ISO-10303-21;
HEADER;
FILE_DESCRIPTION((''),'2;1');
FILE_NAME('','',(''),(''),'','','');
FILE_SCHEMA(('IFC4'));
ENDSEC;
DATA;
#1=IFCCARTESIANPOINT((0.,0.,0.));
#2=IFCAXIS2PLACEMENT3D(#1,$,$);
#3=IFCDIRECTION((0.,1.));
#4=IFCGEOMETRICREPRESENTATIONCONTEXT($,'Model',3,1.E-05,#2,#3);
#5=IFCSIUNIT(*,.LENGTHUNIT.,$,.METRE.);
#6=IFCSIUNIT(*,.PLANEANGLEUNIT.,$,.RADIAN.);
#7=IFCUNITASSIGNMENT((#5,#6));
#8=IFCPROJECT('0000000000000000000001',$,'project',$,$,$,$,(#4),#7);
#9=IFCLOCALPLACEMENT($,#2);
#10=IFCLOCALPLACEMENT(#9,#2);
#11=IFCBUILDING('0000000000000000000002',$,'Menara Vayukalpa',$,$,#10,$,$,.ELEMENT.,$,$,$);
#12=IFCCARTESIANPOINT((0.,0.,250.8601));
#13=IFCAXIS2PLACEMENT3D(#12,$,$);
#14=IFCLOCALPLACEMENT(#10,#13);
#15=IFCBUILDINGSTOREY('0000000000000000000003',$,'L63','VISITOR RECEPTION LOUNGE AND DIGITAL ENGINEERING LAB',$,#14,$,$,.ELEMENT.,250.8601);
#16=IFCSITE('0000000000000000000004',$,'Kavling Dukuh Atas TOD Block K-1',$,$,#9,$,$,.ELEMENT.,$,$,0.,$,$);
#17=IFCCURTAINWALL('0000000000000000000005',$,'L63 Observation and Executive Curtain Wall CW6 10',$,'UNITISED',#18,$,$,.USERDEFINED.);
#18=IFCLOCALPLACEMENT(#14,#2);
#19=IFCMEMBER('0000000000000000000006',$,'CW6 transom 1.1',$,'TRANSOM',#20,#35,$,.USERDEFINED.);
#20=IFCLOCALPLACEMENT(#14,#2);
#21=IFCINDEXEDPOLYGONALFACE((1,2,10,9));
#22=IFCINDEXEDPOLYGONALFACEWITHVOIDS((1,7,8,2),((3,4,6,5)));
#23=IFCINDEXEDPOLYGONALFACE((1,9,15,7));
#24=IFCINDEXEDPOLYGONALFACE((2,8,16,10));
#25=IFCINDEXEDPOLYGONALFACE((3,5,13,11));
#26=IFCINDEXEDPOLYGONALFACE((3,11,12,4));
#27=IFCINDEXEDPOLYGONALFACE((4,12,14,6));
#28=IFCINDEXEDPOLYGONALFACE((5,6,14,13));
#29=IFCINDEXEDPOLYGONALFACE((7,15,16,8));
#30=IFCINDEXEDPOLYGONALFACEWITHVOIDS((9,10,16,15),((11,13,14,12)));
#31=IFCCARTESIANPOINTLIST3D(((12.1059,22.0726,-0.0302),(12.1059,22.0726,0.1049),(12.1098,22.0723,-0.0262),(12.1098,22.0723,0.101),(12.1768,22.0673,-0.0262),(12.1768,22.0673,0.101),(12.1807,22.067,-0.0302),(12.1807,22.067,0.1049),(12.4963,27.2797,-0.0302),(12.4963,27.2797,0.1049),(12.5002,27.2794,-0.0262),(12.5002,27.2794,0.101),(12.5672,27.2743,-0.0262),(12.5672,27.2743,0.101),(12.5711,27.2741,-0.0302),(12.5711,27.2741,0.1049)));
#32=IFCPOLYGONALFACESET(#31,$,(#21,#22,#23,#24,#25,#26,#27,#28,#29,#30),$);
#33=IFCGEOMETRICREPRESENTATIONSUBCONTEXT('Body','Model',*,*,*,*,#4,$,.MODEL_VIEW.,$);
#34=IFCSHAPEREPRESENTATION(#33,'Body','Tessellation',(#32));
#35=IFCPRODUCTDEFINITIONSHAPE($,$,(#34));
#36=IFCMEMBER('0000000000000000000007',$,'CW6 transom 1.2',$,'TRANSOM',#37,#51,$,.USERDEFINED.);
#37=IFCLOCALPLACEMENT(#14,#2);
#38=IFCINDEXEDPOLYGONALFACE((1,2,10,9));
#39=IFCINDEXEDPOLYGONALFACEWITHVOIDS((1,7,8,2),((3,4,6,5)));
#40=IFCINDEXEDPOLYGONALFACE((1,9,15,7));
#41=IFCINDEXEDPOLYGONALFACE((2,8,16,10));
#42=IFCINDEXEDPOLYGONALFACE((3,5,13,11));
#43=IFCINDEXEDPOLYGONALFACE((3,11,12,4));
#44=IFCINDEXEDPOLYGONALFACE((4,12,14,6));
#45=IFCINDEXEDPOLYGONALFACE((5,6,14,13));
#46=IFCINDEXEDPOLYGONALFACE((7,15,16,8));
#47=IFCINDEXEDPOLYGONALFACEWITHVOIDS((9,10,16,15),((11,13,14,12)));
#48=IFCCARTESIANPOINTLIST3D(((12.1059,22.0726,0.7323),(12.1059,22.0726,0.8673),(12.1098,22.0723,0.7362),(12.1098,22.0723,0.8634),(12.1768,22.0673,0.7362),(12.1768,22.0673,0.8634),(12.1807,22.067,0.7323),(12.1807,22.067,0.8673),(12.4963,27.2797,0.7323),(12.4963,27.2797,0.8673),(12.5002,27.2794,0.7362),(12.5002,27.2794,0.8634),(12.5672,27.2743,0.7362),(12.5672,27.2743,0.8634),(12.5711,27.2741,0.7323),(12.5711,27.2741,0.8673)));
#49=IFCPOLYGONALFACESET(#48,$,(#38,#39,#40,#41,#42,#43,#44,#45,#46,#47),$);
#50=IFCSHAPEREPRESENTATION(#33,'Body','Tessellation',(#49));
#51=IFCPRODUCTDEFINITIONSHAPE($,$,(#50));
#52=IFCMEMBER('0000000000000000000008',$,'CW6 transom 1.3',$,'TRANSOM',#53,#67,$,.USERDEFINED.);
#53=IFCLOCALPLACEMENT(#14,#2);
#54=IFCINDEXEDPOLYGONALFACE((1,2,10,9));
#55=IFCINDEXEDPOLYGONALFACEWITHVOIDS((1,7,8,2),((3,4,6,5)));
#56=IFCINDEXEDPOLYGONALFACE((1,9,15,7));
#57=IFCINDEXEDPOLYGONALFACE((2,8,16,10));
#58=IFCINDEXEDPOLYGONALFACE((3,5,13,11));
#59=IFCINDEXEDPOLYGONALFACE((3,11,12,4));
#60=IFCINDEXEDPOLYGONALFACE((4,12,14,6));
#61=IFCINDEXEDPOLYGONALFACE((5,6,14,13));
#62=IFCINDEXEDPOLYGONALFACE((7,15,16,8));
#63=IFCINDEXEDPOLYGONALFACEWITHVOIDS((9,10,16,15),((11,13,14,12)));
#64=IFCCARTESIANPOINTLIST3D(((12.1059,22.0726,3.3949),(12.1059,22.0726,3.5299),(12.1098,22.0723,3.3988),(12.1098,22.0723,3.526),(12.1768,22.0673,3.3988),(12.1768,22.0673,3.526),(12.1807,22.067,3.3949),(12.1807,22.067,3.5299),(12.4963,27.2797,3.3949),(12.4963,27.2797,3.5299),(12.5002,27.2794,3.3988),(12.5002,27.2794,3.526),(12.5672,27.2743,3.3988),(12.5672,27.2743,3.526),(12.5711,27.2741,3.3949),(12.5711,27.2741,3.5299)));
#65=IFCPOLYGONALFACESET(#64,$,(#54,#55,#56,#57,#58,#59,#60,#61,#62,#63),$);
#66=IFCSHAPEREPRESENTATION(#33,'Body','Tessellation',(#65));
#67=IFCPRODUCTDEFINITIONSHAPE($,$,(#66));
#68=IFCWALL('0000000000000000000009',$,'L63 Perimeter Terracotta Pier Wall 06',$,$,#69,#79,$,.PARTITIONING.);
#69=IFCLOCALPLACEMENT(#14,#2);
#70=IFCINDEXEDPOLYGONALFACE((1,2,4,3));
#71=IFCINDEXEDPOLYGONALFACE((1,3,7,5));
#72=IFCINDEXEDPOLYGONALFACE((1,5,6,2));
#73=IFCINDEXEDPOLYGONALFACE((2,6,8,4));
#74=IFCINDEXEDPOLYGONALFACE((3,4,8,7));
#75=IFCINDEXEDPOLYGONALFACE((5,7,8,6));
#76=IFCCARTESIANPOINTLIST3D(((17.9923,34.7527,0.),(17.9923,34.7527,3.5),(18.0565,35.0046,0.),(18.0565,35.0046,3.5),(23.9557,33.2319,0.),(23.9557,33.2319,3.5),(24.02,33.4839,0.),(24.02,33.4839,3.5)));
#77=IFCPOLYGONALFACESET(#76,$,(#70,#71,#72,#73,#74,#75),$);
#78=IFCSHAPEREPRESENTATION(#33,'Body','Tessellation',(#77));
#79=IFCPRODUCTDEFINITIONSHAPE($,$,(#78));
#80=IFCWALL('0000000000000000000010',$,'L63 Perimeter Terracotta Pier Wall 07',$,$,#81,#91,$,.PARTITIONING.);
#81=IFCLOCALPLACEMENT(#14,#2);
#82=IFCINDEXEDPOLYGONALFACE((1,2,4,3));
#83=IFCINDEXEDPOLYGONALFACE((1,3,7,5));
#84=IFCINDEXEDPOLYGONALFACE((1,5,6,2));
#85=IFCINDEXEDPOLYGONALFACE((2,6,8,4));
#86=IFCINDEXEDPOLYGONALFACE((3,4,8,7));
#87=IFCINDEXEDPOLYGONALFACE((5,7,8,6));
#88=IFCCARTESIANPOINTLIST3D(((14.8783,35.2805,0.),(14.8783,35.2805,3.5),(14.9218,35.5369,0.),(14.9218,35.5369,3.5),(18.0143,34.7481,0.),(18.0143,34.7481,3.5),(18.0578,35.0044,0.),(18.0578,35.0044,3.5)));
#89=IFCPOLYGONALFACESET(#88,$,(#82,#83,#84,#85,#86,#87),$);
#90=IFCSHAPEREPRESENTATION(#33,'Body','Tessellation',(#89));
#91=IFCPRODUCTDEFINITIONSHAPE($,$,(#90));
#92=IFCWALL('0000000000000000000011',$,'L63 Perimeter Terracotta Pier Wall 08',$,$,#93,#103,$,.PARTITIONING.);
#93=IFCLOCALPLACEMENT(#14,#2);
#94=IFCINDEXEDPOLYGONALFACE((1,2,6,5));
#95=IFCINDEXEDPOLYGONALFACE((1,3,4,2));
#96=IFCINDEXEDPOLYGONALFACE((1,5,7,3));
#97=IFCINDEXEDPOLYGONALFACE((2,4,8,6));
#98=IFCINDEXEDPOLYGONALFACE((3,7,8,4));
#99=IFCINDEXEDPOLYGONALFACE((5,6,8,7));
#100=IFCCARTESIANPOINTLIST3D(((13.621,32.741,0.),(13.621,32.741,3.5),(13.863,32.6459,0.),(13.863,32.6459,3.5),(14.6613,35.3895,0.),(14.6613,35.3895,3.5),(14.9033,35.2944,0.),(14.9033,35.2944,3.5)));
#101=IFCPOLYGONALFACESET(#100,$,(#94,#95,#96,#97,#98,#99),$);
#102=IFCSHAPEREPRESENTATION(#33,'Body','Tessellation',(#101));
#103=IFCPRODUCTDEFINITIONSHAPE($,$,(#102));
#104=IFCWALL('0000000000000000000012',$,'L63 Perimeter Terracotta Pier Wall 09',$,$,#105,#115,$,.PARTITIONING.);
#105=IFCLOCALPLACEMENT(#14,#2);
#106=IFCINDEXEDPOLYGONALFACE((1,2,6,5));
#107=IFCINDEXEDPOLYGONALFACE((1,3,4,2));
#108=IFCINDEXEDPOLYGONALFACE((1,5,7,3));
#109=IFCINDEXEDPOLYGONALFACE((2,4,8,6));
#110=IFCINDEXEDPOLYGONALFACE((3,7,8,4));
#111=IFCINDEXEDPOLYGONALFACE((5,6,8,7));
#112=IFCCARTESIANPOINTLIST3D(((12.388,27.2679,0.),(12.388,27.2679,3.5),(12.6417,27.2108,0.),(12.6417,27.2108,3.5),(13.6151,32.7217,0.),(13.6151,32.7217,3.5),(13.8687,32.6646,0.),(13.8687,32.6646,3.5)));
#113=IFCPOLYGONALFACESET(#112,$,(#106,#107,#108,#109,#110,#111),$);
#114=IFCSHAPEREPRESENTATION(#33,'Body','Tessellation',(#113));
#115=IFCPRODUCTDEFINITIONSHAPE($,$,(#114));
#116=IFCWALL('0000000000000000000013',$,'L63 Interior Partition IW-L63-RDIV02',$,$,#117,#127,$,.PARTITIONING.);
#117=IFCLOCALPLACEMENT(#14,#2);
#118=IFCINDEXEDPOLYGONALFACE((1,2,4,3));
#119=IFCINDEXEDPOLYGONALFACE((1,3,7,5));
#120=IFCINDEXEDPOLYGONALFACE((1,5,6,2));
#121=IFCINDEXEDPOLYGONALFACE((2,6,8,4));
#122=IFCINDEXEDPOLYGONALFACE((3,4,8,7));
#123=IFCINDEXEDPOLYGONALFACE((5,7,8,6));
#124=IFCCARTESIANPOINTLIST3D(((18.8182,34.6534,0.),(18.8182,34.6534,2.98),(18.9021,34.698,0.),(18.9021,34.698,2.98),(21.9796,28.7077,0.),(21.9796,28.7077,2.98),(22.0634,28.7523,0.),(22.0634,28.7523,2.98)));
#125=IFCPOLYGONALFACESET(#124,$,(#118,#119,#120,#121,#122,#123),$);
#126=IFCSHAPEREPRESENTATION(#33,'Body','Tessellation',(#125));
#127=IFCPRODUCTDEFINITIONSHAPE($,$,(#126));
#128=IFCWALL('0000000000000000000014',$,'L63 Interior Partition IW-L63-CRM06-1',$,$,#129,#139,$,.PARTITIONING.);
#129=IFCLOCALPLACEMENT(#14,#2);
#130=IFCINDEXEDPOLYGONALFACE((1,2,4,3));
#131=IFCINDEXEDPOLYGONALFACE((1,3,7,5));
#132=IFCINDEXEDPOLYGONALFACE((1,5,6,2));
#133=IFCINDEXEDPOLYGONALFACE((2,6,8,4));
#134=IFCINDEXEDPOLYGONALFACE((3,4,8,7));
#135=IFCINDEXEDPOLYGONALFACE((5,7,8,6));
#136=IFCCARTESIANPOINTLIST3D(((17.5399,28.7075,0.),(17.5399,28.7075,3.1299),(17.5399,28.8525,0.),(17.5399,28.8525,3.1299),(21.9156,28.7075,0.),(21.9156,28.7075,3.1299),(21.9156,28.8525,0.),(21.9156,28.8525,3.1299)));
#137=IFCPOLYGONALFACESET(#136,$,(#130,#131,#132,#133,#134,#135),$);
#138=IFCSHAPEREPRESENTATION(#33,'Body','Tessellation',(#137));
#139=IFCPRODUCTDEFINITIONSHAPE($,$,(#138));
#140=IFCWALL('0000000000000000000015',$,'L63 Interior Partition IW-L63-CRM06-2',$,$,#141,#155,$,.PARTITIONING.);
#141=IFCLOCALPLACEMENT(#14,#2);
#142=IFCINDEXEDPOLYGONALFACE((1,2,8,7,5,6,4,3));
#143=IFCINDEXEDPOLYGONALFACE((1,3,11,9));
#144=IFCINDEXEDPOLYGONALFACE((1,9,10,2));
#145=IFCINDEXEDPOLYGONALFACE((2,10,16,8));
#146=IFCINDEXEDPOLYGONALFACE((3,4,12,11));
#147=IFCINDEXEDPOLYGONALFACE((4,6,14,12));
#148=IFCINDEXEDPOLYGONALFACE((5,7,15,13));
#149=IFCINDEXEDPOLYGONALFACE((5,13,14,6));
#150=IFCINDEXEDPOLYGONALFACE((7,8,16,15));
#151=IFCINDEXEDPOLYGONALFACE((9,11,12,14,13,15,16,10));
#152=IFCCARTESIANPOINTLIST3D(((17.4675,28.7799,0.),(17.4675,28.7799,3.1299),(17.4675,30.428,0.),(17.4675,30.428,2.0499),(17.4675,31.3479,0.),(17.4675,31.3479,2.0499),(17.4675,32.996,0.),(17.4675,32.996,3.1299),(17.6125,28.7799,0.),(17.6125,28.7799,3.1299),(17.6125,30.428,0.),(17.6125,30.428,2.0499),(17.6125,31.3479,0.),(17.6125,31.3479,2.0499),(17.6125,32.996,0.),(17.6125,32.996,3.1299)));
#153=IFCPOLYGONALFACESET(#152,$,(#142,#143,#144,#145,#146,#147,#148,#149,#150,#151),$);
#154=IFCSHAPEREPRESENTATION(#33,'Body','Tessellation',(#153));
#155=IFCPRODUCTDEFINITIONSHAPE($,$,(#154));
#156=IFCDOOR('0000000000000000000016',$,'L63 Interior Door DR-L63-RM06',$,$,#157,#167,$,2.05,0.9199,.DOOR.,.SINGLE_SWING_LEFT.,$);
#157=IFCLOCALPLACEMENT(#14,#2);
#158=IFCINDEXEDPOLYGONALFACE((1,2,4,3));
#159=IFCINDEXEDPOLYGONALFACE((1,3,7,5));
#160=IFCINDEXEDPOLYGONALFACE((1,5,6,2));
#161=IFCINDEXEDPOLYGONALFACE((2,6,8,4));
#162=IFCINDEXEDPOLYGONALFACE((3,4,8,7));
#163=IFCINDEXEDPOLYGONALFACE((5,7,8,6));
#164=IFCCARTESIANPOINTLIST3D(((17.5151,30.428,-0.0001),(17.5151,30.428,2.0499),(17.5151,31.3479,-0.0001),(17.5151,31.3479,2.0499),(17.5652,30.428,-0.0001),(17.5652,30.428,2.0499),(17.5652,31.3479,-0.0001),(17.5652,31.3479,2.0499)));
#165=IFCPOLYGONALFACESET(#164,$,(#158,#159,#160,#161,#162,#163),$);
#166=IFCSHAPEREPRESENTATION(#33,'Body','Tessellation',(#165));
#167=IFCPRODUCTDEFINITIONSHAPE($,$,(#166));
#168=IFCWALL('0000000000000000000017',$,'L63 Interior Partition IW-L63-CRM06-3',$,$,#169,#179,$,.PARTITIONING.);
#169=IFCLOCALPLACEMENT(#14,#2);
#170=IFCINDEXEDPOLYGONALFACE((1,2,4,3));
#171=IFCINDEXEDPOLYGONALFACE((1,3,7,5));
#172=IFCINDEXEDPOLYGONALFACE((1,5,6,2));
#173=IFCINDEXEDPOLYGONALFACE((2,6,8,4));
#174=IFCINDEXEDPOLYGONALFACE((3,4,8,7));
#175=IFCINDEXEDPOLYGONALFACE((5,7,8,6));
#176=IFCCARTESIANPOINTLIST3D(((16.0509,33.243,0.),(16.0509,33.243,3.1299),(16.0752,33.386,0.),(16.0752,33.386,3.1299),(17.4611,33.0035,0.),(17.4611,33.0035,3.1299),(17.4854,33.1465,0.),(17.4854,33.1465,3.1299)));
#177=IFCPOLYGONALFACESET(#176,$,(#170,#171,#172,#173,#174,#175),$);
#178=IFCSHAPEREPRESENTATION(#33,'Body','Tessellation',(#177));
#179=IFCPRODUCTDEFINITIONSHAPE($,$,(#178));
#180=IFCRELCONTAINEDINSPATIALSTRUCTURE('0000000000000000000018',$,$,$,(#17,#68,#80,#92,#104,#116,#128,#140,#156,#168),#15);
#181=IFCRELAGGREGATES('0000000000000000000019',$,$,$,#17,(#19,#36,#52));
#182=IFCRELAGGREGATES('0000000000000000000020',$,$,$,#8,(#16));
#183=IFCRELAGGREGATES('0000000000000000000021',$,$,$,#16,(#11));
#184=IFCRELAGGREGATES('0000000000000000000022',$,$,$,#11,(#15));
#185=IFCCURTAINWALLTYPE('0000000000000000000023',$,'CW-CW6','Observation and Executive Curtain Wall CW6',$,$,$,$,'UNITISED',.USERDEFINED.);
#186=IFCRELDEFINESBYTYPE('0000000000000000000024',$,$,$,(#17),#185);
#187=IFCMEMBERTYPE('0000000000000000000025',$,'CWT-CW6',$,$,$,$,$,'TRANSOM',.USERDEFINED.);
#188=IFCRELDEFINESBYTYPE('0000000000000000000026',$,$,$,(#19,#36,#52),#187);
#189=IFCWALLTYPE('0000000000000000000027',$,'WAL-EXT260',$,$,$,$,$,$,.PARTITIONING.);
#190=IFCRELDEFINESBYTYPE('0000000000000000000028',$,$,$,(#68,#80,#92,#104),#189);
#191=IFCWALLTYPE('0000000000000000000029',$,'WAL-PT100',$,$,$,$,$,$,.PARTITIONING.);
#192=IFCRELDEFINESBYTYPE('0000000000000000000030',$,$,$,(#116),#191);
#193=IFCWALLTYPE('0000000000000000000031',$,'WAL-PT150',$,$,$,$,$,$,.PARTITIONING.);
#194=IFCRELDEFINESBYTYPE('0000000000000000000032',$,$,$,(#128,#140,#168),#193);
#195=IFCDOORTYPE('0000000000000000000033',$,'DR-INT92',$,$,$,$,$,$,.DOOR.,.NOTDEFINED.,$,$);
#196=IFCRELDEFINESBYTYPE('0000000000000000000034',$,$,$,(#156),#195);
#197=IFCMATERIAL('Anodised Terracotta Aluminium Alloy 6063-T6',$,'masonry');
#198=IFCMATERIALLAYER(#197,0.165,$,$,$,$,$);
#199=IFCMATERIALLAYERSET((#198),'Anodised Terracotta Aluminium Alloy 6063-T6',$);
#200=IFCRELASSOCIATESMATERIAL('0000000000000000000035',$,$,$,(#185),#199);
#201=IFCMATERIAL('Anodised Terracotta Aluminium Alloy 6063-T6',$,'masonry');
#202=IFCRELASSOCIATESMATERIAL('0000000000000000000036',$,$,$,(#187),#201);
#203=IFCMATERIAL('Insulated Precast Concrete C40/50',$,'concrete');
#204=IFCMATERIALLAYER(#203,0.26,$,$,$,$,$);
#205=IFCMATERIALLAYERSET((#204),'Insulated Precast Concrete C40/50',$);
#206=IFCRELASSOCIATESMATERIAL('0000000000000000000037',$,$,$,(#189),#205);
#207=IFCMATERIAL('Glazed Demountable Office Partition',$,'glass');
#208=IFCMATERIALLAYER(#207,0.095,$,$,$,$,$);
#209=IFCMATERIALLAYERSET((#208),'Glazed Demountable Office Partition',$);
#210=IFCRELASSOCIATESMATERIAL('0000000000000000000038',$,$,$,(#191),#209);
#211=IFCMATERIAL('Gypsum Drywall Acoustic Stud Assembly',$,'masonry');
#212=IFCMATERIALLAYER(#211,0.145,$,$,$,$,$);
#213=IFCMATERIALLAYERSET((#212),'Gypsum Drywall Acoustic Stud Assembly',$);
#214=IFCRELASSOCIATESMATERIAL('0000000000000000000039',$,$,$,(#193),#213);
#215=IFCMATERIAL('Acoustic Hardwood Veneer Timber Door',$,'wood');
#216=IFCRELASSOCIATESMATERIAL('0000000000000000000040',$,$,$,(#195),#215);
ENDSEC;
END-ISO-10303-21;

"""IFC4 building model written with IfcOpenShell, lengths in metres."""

from ifc_helpers import new_model, si_unit, direction, frame, frame_2d, origin, origin_2d, place, context, subcontext, project, spatial, rectangle, hollow_rectangle, extrude, material, layer, layer_set, material_profile, profile_set, type_object, element, fill, aggregate, save


model = new_model("IFC4")

# Units and contexts
model_context = context("Model", 3, precision=1e-05, world=origin(), true_north=direction((0.0, 1.0)))
body_context = subcontext(model_context, "Body", "Model", "MODEL_VIEW")
ifc_project = project(units=[si_unit("LENGTHUNIT", "METRE"), si_unit("PLANEANGLEUNIT", "RADIAN")], contexts=[model_context])

# Site, building, storey
site_placement = place(None, origin())
site = spatial("IfcSite", under=ifc_project, at=site_placement, Name="Kavling Dukuh Atas TOD Block K-1", CompositionType="ELEMENT", RefElevation=0.0)
building_placement = place(site_placement, origin())
building = spatial("IfcBuilding", under=site, at=building_placement, Name="Menara Vayukalpa", CompositionType="ELEMENT")
storey_placement = place(building_placement, frame((0.0, 0.0, 250.8601)))
storey = spatial("IfcBuildingStorey", under=building, at=storey_placement, Name="L63", Description="VISITOR RECEPTION LOUNGE AND DIGITAL ENGINEERING LAB", CompositionType="ELEMENT", Elevation=250.8601)

# Curtain wall, members
ifc_material_1 = material(Name="Anodised Terracotta Aluminium Alloy 6063-T6", Category="masonry")
ifc_layer_1 = layer(ifc_material_1, 0.165)
ifc_layer_set_1 = layer_set([ifc_layer_1], Name="Anodised Terracotta Aluminium Alloy 6063-T6")
curtain_wall_type = type_object("IfcCurtainWallType", Name="CW-CW6", Description="Observation and Executive Curtain Wall CW6", ElementType="UNITISED", PredefinedType="USERDEFINED", material=ifc_layer_set_1)
curtain_wall_placement = place(storey_placement, origin())
curtain_wall = element("IfcCurtainWall", 1, at=curtain_wall_placement, inside=storey, type_object=curtain_wall_type, Name="L63 Observation and Executive Curtain Wall CW6 10", ObjectType="UNITISED", PredefinedType="USERDEFINED")
ifc_material_2 = material(Name="Anodised Terracotta Aluminium Alloy 6063-T6", Category="masonry")
ifc_material_profile_1 = material_profile(ifc_material_2, hollow_rectangle(XDim=0.075, YDim=0.135, WallThickness=0.0039, at=origin_2d()), Name="ALU 75x135x4")
ifc_profile_set_1 = profile_set([ifc_material_profile_1], Name="Anodised Terracotta Aluminium Alloy 6063-T6")
member_type_1 = type_object("IfcMemberType", Name="CWT-CW6", ElementType="TRANSOM", PredefinedType="USERDEFINED", material=ifc_profile_set_1)
member_1_placement = place(storey_placement, frame((12.5337, 27.2769, 0.0374), z_axis=(-0.074762, -0.997201, 0.0), x_axis=(0.997201, -0.074762, 0.0)))
member_1 = element("IfcMember", 2, at=member_1_placement, type_object=member_type_1, Name="CW6 transom 1.1", ObjectType="TRANSOM", PredefinedType="USERDEFINED", context=body_context, shape_type="SweptSolid", body=[
    extrude(hollow_rectangle(XDim=0.075, YDim=0.135, WallThickness=0.0039, at=origin_2d()), origin(), (0.0, 0.0, 1.0), 5.2217),
])
member_2_placement = place(storey_placement, frame((12.5337, 27.2769, 0.7998), z_axis=(-0.074762, -0.997201, 0.0), x_axis=(0.997201, -0.074762, 0.0)))
member_2 = element("IfcMember", 3, at=member_2_placement, type_object=member_type_1, Name="CW6 transom 1.2", ObjectType="TRANSOM", PredefinedType="USERDEFINED", context=body_context, shape_type="SweptSolid", body=[
    extrude(hollow_rectangle(XDim=0.075, YDim=0.135, WallThickness=0.0039, at=origin_2d()), origin(), (0.0, 0.0, 1.0), 5.2217),
])
member_3_placement = place(storey_placement, frame((12.5337, 27.2769, 3.4624), z_axis=(-0.074762, -0.997201, 0.0), x_axis=(0.997201, -0.074762, 0.0)))
member_3 = element("IfcMember", 4, at=member_3_placement, type_object=member_type_1, Name="CW6 transom 1.3", ObjectType="TRANSOM", PredefinedType="USERDEFINED", context=body_context, shape_type="SweptSolid", body=[
    extrude(hollow_rectangle(XDim=0.075, YDim=0.135, WallThickness=0.0039, at=origin_2d()), origin(), (0.0, 0.0, 1.0), 5.2217),
])
aggregate(curtain_wall, [member_1, member_2, member_3])

# Walls
ifc_material_3 = material(Name="Insulated Precast Concrete C40/50", Category="concrete")
ifc_layer_2 = layer(ifc_material_3, 0.26)
ifc_layer_set_2 = layer_set([ifc_layer_2], Name="Insulated Precast Concrete C40/50")
wall_type_1 = type_object("IfcWallType", Name="WAL-EXT260", PredefinedType="PARTITIONING", material=ifc_layer_set_2)
wall_1_placement = place(storey_placement, frame((18.0244, 34.8787, 0.0), z_axis=(0.0, 0.0, 1.0), x_axis=(0.968988, -0.247107, 0.0)))
element("IfcWall", 5, at=wall_1_placement, inside=storey, type_object=wall_type_1, Name="L63 Perimeter Terracotta Pier Wall 06", PredefinedType="PARTITIONING", context=body_context, shape_type="SweptSolid", body=[
    extrude(rectangle(XDim=6.1543, YDim=0.26, at=frame_2d((3.0771, 0.0))), origin(), (0.0, 0.0, 1.0), 3.5),
])
wall_2_placement = place(storey_placement, frame((14.9001, 35.4087, 0.0), z_axis=(0.0, 0.0, 1.0), x_axis=(0.985889, -0.167398, 0.0)))
element("IfcWall", 6, at=wall_2_placement, inside=storey, type_object=wall_type_1, Name="L63 Perimeter Terracotta Pier Wall 07", PredefinedType="PARTITIONING", context=body_context, shape_type="SweptSolid", body=[
    extrude(rectangle(XDim=3.1809, YDim=0.26, at=frame_2d((1.5903, 0.0))), origin(), (0.0, 0.0, 1.0), 3.5),
])
wall_3_placement = place(storey_placement, frame((13.7419, 32.6934, 0.0), z_axis=(0.0, 0.0, 1.0), x_axis=(0.365599, 0.930772, 0.0)))
element("IfcWall", 7, at=wall_3_placement, inside=storey, type_object=wall_type_1, Name="L63 Perimeter Terracotta Pier Wall 08", PredefinedType="PARTITIONING", context=body_context, shape_type="SweptSolid", body=[
    extrude(rectangle(XDim=2.8455, YDim=0.26, at=frame_2d((1.4229, 0.0))), origin(), (0.0, 0.0, 1.0), 3.5),
])
wall_4_placement = place(storey_placement, frame((12.5149, 27.2395, 0.0), z_axis=(0.0, 0.0, 1.0), x_axis=(0.219501, 0.975612, 0.0)))
element("IfcWall", 8, at=wall_4_placement, inside=storey, type_object=wall_type_1, Name="L63 Perimeter Terracotta Pier Wall 09", PredefinedType="PARTITIONING", context=body_context, shape_type="SweptSolid", body=[
    extrude(rectangle(XDim=5.5901, YDim=0.26, at=frame_2d((2.7949, 0.0))), origin(), (0.0, 0.0, 1.0), 3.5),
])
ifc_material_4 = material(Name="Glazed Demountable Office Partition", Category="glass")
ifc_layer_3 = layer(ifc_material_4, 0.095)
ifc_layer_set_3 = layer_set([ifc_layer_3], Name="Glazed Demountable Office Partition")
wall_type_2 = type_object("IfcWallType", Name="WAL-PT100", PredefinedType="PARTITIONING", material=ifc_layer_set_3)
wall_5_placement = place(storey_placement, frame((22.0215, 28.73, 0.0), z_axis=(0.0, 0.0, 1.0), x_axis=(-0.469464, 0.882951, 0.0)))
element("IfcWall", 9, at=wall_5_placement, inside=storey, type_object=wall_type_2, Name="L63 Interior Partition IW-L63-RDIV02", PredefinedType="PARTITIONING", context=body_context, shape_type="SweptSolid", body=[
    extrude(rectangle(XDim=6.7339, YDim=0.095, at=frame_2d((3.3669, 0.0))), origin(), (0.0, 0.0, 1.0), 2.98),
])
ifc_material_5 = material(Name="Gypsum Drywall Acoustic Stud Assembly", Category="masonry")
ifc_layer_4 = layer(ifc_material_5, 0.145)
ifc_layer_set_4 = layer_set([ifc_layer_4], Name="Gypsum Drywall Acoustic Stud Assembly")
wall_type_3 = type_object("IfcWallType", Name="WAL-PT150", PredefinedType="PARTITIONING", material=ifc_layer_set_4)
wall_6_placement = place(storey_placement, frame((21.9158, 28.78, 0.0), z_axis=(0.0, 0.0, 1.0), x_axis=(-1.0, 0.0, 0.0)))
element("IfcWall", 10, at=wall_6_placement, inside=storey, type_object=wall_type_3, Name="L63 Interior Partition IW-L63-CRM06-1", PredefinedType="PARTITIONING", context=body_context, shape_type="SweptSolid", body=[
    extrude(rectangle(XDim=4.3757, YDim=0.145, at=frame_2d((2.188, 0.0))), origin(), (0.0, 0.0, 1.0), 3.1299),
])

# Wall, opening, door
wall_7_placement = place(storey_placement, frame((17.54, 28.78, 0.0), z_axis=(0.0, 0.0, 1.0), x_axis=(0.0, 1.0, 0.0)))
wall_7 = element("IfcWall", 11, at=wall_7_placement, inside=storey, type_object=wall_type_3, Name="L63 Interior Partition IW-L63-CRM06-2", PredefinedType="PARTITIONING", context=body_context, shape_type="SweptSolid", body=[
    extrude(rectangle(XDim=4.2161, YDim=0.145, at=frame_2d((2.1079, 0.0))), origin(), (0.0, 0.0, 1.0), 3.1299),
])
opening_placement = place(wall_7_placement, frame((1.6479, 0.0, 0.0)))
opening = element("IfcOpeningElement", 12, at=opening_placement, cuts=wall_7, PredefinedType="OPENING", context=body_context, shape_type="SweptSolid", body=[
    extrude(rectangle(XDim=0.9199, YDim=2.05, at=frame_2d((0.46, 1.0249))), frame((0.0, 0.0825, 0.0), z_axis=(0.0, -1.0, 0.0), x_axis=(1.0, 0.0, 0.0)), (0.0, 0.0, 1.0), 0.165),
])
ifc_material_6 = material(Name="Acoustic Hardwood Veneer Timber Door", Category="wood")
door_type = type_object("IfcDoorType", Name="DR-INT92", OperationType="NOTDEFINED", PredefinedType="DOOR", material=ifc_material_6)
door_placement = place(opening_placement, origin())
door = element("IfcDoor", 13, at=door_placement, inside=storey, type_object=door_type, Name="L63 Interior Door DR-L63-RM06", OperationType="SINGLE_SWING_LEFT", OverallHeight=2.05, OverallWidth=0.9199, PredefinedType="DOOR", context=body_context, shape_type="SweptSolid", body=[
    extrude(rectangle(XDim=0.9199, YDim=2.05, at=frame_2d((0.46, 1.0249))), frame((0.0, 0.0249, 0.0), z_axis=(0.0, -1.0, 0.0), x_axis=(1.0, 0.0, 0.0)), (0.0, 0.0, 1.0), 0.05),
])
fill(opening, door)

# Wall
wall_8_placement = place(storey_placement, frame((17.4734, 33.075, 0.0), z_axis=(0.0, 0.0, 1.0), x_axis=(-0.985882, 0.167443, 0.0)))
element("IfcWall", 14, at=wall_8_placement, inside=storey, type_object=wall_type_3, Name="L63 Interior Partition IW-L63-CRM06-3", PredefinedType="PARTITIONING", context=body_context, shape_type="SweptSolid", body=[
    extrude(rectangle(XDim=1.4304, YDim=0.145, at=frame_2d((0.7153, 0.0))), origin(), (0.0, 0.0, 1.0), 3.1299),
])

save(model, "model.ifc")
